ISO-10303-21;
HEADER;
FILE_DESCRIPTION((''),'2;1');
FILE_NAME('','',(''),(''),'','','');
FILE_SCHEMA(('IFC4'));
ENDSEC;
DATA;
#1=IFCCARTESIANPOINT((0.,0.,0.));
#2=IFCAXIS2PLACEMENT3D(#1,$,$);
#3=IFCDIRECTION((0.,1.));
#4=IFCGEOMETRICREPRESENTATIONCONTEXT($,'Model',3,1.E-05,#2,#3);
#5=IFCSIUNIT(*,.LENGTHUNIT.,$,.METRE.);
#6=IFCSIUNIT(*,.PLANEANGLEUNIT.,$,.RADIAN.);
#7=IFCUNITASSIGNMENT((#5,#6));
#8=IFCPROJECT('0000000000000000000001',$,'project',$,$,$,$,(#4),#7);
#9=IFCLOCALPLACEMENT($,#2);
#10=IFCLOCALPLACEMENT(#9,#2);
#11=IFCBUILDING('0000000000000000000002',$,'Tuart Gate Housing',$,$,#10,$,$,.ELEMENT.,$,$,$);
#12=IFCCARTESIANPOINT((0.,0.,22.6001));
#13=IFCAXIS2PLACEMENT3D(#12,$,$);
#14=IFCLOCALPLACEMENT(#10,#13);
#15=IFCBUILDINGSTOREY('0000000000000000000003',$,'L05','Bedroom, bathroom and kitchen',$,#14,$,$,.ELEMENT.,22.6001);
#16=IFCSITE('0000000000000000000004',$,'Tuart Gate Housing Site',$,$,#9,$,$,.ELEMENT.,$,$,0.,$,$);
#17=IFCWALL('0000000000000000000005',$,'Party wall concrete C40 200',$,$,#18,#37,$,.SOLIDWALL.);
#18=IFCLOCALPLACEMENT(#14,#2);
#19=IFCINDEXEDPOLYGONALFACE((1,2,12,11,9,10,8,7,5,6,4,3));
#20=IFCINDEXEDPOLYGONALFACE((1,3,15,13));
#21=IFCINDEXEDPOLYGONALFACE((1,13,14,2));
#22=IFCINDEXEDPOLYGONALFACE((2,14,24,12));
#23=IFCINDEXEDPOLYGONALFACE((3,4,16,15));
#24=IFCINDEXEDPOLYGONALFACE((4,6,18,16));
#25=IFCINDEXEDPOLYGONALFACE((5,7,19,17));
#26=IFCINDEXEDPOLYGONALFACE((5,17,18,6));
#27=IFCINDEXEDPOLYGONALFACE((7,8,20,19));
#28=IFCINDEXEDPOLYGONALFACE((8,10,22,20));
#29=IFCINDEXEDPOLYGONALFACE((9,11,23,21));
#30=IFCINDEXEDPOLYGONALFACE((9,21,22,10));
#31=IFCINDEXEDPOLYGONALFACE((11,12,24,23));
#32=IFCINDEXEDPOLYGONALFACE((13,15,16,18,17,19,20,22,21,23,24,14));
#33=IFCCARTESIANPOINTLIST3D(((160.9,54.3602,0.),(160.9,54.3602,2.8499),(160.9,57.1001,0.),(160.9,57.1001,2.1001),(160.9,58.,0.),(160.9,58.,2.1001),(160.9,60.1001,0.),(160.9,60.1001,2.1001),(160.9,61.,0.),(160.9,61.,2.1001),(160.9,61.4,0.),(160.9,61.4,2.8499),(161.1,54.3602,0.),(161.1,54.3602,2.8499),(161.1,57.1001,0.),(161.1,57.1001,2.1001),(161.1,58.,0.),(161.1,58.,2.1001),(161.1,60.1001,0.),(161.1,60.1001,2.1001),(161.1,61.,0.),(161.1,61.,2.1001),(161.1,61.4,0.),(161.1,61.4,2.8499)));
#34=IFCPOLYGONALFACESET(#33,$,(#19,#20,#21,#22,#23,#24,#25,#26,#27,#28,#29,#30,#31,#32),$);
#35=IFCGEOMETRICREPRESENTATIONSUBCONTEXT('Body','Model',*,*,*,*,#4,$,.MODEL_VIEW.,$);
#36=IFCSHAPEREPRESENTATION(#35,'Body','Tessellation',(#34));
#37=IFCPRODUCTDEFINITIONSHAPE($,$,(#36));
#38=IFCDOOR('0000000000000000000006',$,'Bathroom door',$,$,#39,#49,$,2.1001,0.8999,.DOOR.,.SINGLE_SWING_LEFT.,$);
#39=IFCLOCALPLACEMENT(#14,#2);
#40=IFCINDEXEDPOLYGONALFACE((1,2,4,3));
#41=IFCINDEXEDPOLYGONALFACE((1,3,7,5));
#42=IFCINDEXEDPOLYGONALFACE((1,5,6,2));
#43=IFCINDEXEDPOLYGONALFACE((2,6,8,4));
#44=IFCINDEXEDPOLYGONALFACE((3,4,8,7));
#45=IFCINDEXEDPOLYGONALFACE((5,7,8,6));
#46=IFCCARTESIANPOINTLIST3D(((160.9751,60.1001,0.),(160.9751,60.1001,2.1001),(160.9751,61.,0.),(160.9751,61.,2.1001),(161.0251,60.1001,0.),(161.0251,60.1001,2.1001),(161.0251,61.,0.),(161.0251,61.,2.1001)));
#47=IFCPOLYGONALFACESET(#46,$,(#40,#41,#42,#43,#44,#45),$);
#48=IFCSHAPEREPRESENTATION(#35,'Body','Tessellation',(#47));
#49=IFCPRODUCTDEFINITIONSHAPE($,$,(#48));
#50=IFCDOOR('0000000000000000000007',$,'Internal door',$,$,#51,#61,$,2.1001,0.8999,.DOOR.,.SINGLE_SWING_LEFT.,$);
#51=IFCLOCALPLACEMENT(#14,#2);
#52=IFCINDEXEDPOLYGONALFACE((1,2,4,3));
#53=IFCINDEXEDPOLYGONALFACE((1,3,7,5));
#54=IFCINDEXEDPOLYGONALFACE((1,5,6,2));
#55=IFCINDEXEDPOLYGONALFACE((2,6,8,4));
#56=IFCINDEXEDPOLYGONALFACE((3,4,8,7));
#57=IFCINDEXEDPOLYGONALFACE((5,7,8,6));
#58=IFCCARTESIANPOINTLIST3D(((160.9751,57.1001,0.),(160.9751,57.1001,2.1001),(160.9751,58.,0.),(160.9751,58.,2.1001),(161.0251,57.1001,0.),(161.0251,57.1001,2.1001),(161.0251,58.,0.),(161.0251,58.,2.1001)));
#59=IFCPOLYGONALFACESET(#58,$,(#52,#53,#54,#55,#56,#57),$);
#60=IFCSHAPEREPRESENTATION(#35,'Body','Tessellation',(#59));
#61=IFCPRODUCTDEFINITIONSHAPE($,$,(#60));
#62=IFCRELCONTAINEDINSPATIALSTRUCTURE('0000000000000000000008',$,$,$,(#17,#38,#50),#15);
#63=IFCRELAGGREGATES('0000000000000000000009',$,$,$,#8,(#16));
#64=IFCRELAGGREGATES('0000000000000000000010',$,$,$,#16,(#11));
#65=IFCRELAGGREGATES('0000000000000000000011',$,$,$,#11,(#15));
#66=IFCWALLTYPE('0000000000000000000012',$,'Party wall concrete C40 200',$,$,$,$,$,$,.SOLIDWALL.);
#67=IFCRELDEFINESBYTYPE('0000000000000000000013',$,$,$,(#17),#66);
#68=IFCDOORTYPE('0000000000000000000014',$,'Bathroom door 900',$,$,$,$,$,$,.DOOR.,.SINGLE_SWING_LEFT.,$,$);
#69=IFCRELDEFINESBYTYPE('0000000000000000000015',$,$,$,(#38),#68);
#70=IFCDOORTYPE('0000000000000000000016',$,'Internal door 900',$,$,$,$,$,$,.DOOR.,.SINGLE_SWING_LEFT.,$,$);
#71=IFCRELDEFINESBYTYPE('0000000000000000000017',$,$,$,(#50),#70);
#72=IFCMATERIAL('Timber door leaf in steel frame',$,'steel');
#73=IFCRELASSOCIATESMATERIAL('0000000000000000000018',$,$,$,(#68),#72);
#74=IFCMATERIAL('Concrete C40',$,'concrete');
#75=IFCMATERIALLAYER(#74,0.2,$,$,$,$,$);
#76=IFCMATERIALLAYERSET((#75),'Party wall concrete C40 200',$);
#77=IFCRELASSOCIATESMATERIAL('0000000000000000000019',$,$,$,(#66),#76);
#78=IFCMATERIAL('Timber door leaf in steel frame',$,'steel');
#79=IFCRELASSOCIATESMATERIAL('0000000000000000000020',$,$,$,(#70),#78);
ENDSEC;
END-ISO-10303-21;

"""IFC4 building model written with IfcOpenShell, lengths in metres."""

from ifc_helpers import new_model, si_unit, direction, frame, frame_2d, origin, place, context, subcontext, project, spatial, rectangle, extrude, material, layer, layer_set, type_object, element, fill, save


model = new_model("IFC4")

# Units and contexts
model_context = context("Model", 3, precision=1e-05, world=origin(), true_north=direction((0.0, 1.0)))
body_context = subcontext(model_context, "Body", "Model", "MODEL_VIEW")
ifc_project = project(units=[si_unit("LENGTHUNIT", "METRE"), si_unit("PLANEANGLEUNIT", "RADIAN")], contexts=[model_context])

# Site, building, storey
site_placement = place(None, origin())
site = spatial("IfcSite", under=ifc_project, at=site_placement, Name="Tuart Gate Housing Site", CompositionType="ELEMENT", RefElevation=0.0)
building_placement = place(site_placement, origin())
building = spatial("IfcBuilding", under=site, at=building_placement, Name="Tuart Gate Housing", CompositionType="ELEMENT")
storey_placement = place(building_placement, frame((0.0, 0.0, 22.6001)))
storey = spatial("IfcBuildingStorey", under=building, at=storey_placement, Name="L05", Description="Bedroom, bathroom and kitchen", CompositionType="ELEMENT", Elevation=22.6001)

# Shared definitions
ifc_material_1 = material(Name="Timber door leaf in steel frame", Category="steel")
door_type_1 = type_object("IfcDoorType", Name="Bathroom door 900", OperationType="SINGLE_SWING_LEFT", PredefinedType="DOOR", material=ifc_material_1)

# Shared definitions
ifc_material_2 = material(Name="Concrete C40", Category="concrete")
ifc_layer_1 = layer(ifc_material_2, 0.2)
ifc_layer_set_1 = layer_set([ifc_layer_1], Name="Party wall concrete C40 200")
wall_type_1 = type_object("IfcWallType", Name="Party wall concrete C40 200", PredefinedType="SOLIDWALL", material=ifc_layer_set_1)

# Wall, openings, doors
wall_1_placement = place(storey_placement, frame((161.0, 54.3601, 0.0), z_axis=(0.0, 0.0, 1.0), x_axis=(0.0, 1.0, 0.0)))
wall_1 = element("IfcWall", 1, at=wall_1_placement, inside=storey, type_object=wall_type_1, Name="Party wall concrete C40 200", PredefinedType="SOLIDWALL", context=body_context, shape_type="SweptSolid", body=[
    extrude(rectangle(XDim=7.0398, YDim=0.2, at=frame_2d((3.52, 0.0))), origin(), (0.0, 0.0, 1.0), 2.8499),
])
opening_1_placement = place(wall_1_placement, frame((2.74, 0.0, 0.0)))
opening_1 = element("IfcOpeningElement", 2, at=opening_1_placement, cuts=wall_1, PredefinedType="OPENING", context=body_context, shape_type="SweptSolid", body=[
    extrude(rectangle(XDim=0.8999, YDim=2.1001, at=frame_2d((0.45, 1.05))), frame((0.0, 0.1099, 0.0), z_axis=(0.0, -1.0, 0.0), x_axis=(1.0, 0.0, 0.0)), (0.0, 0.0, 1.0), 0.22),
])
opening_2_placement = place(wall_1_placement, frame((5.74, 0.0, 0.0)))
opening_2 = element("IfcOpeningElement", 3, at=opening_2_placement, cuts=wall_1, PredefinedType="OPENING", context=body_context, shape_type="SweptSolid", body=[
    extrude(rectangle(XDim=0.8999, YDim=2.1001, at=frame_2d((0.45, 1.05))), frame((0.0, 0.1099, 0.0), z_axis=(0.0, -1.0, 0.0), x_axis=(1.0, 0.0, 0.0)), (0.0, 0.0, 1.0), 0.22),
])
door_1_placement = place(opening_2_placement, frame((0.8999, 0.0, 0.0), z_axis=(0.0, 0.0, 1.0), x_axis=(-1.0, 0.0, 0.0)))
door_1 = element("IfcDoor", 4, at=door_1_placement, inside=storey, type_object=door_type_1, Name="Bathroom door", OperationType="SINGLE_SWING_LEFT", OverallHeight=2.1001, OverallWidth=0.8999, PredefinedType="DOOR", context=body_context, shape_type="SweptSolid", body=[
    extrude(rectangle(XDim=0.8999, YDim=2.1001, at=frame_2d((0.45, 1.05))), frame((0.0, 0.0251, 0.0), z_axis=(0.0, -1.0, 0.0), x_axis=(1.0, 0.0, 0.0)), (0.0, 0.0, 1.0), 0.05),
])
fill(opening_2, door_1)
ifc_material_3 = material(Name="Timber door leaf in steel frame", Category="steel")
door_type_2 = type_object("IfcDoorType", Name="Internal door 900", OperationType="SINGLE_SWING_LEFT", PredefinedType="DOOR", material=ifc_material_3)
door_2_placement = place(opening_1_placement, frame((0.8999, 0.0, 0.0), z_axis=(0.0, 0.0, 1.0), x_axis=(-1.0, 0.0, 0.0)))
door_2 = element("IfcDoor", 5, at=door_2_placement, inside=storey, type_object=door_type_2, Name="Internal door", OperationType="SINGLE_SWING_LEFT", OverallHeight=2.1001, OverallWidth=0.8999, PredefinedType="DOOR", context=body_context, shape_type="SweptSolid", body=[
    extrude(rectangle(XDim=0.8999, YDim=2.1001, at=frame_2d((0.45, 1.05))), frame((0.0, 0.0251, 0.0), z_axis=(0.0, -1.0, 0.0), x_axis=(1.0, 0.0, 0.0)), (0.0, 0.0, 1.0), 0.05),
])
fill(opening_1, door_2)

save(model, "model.ifc")
